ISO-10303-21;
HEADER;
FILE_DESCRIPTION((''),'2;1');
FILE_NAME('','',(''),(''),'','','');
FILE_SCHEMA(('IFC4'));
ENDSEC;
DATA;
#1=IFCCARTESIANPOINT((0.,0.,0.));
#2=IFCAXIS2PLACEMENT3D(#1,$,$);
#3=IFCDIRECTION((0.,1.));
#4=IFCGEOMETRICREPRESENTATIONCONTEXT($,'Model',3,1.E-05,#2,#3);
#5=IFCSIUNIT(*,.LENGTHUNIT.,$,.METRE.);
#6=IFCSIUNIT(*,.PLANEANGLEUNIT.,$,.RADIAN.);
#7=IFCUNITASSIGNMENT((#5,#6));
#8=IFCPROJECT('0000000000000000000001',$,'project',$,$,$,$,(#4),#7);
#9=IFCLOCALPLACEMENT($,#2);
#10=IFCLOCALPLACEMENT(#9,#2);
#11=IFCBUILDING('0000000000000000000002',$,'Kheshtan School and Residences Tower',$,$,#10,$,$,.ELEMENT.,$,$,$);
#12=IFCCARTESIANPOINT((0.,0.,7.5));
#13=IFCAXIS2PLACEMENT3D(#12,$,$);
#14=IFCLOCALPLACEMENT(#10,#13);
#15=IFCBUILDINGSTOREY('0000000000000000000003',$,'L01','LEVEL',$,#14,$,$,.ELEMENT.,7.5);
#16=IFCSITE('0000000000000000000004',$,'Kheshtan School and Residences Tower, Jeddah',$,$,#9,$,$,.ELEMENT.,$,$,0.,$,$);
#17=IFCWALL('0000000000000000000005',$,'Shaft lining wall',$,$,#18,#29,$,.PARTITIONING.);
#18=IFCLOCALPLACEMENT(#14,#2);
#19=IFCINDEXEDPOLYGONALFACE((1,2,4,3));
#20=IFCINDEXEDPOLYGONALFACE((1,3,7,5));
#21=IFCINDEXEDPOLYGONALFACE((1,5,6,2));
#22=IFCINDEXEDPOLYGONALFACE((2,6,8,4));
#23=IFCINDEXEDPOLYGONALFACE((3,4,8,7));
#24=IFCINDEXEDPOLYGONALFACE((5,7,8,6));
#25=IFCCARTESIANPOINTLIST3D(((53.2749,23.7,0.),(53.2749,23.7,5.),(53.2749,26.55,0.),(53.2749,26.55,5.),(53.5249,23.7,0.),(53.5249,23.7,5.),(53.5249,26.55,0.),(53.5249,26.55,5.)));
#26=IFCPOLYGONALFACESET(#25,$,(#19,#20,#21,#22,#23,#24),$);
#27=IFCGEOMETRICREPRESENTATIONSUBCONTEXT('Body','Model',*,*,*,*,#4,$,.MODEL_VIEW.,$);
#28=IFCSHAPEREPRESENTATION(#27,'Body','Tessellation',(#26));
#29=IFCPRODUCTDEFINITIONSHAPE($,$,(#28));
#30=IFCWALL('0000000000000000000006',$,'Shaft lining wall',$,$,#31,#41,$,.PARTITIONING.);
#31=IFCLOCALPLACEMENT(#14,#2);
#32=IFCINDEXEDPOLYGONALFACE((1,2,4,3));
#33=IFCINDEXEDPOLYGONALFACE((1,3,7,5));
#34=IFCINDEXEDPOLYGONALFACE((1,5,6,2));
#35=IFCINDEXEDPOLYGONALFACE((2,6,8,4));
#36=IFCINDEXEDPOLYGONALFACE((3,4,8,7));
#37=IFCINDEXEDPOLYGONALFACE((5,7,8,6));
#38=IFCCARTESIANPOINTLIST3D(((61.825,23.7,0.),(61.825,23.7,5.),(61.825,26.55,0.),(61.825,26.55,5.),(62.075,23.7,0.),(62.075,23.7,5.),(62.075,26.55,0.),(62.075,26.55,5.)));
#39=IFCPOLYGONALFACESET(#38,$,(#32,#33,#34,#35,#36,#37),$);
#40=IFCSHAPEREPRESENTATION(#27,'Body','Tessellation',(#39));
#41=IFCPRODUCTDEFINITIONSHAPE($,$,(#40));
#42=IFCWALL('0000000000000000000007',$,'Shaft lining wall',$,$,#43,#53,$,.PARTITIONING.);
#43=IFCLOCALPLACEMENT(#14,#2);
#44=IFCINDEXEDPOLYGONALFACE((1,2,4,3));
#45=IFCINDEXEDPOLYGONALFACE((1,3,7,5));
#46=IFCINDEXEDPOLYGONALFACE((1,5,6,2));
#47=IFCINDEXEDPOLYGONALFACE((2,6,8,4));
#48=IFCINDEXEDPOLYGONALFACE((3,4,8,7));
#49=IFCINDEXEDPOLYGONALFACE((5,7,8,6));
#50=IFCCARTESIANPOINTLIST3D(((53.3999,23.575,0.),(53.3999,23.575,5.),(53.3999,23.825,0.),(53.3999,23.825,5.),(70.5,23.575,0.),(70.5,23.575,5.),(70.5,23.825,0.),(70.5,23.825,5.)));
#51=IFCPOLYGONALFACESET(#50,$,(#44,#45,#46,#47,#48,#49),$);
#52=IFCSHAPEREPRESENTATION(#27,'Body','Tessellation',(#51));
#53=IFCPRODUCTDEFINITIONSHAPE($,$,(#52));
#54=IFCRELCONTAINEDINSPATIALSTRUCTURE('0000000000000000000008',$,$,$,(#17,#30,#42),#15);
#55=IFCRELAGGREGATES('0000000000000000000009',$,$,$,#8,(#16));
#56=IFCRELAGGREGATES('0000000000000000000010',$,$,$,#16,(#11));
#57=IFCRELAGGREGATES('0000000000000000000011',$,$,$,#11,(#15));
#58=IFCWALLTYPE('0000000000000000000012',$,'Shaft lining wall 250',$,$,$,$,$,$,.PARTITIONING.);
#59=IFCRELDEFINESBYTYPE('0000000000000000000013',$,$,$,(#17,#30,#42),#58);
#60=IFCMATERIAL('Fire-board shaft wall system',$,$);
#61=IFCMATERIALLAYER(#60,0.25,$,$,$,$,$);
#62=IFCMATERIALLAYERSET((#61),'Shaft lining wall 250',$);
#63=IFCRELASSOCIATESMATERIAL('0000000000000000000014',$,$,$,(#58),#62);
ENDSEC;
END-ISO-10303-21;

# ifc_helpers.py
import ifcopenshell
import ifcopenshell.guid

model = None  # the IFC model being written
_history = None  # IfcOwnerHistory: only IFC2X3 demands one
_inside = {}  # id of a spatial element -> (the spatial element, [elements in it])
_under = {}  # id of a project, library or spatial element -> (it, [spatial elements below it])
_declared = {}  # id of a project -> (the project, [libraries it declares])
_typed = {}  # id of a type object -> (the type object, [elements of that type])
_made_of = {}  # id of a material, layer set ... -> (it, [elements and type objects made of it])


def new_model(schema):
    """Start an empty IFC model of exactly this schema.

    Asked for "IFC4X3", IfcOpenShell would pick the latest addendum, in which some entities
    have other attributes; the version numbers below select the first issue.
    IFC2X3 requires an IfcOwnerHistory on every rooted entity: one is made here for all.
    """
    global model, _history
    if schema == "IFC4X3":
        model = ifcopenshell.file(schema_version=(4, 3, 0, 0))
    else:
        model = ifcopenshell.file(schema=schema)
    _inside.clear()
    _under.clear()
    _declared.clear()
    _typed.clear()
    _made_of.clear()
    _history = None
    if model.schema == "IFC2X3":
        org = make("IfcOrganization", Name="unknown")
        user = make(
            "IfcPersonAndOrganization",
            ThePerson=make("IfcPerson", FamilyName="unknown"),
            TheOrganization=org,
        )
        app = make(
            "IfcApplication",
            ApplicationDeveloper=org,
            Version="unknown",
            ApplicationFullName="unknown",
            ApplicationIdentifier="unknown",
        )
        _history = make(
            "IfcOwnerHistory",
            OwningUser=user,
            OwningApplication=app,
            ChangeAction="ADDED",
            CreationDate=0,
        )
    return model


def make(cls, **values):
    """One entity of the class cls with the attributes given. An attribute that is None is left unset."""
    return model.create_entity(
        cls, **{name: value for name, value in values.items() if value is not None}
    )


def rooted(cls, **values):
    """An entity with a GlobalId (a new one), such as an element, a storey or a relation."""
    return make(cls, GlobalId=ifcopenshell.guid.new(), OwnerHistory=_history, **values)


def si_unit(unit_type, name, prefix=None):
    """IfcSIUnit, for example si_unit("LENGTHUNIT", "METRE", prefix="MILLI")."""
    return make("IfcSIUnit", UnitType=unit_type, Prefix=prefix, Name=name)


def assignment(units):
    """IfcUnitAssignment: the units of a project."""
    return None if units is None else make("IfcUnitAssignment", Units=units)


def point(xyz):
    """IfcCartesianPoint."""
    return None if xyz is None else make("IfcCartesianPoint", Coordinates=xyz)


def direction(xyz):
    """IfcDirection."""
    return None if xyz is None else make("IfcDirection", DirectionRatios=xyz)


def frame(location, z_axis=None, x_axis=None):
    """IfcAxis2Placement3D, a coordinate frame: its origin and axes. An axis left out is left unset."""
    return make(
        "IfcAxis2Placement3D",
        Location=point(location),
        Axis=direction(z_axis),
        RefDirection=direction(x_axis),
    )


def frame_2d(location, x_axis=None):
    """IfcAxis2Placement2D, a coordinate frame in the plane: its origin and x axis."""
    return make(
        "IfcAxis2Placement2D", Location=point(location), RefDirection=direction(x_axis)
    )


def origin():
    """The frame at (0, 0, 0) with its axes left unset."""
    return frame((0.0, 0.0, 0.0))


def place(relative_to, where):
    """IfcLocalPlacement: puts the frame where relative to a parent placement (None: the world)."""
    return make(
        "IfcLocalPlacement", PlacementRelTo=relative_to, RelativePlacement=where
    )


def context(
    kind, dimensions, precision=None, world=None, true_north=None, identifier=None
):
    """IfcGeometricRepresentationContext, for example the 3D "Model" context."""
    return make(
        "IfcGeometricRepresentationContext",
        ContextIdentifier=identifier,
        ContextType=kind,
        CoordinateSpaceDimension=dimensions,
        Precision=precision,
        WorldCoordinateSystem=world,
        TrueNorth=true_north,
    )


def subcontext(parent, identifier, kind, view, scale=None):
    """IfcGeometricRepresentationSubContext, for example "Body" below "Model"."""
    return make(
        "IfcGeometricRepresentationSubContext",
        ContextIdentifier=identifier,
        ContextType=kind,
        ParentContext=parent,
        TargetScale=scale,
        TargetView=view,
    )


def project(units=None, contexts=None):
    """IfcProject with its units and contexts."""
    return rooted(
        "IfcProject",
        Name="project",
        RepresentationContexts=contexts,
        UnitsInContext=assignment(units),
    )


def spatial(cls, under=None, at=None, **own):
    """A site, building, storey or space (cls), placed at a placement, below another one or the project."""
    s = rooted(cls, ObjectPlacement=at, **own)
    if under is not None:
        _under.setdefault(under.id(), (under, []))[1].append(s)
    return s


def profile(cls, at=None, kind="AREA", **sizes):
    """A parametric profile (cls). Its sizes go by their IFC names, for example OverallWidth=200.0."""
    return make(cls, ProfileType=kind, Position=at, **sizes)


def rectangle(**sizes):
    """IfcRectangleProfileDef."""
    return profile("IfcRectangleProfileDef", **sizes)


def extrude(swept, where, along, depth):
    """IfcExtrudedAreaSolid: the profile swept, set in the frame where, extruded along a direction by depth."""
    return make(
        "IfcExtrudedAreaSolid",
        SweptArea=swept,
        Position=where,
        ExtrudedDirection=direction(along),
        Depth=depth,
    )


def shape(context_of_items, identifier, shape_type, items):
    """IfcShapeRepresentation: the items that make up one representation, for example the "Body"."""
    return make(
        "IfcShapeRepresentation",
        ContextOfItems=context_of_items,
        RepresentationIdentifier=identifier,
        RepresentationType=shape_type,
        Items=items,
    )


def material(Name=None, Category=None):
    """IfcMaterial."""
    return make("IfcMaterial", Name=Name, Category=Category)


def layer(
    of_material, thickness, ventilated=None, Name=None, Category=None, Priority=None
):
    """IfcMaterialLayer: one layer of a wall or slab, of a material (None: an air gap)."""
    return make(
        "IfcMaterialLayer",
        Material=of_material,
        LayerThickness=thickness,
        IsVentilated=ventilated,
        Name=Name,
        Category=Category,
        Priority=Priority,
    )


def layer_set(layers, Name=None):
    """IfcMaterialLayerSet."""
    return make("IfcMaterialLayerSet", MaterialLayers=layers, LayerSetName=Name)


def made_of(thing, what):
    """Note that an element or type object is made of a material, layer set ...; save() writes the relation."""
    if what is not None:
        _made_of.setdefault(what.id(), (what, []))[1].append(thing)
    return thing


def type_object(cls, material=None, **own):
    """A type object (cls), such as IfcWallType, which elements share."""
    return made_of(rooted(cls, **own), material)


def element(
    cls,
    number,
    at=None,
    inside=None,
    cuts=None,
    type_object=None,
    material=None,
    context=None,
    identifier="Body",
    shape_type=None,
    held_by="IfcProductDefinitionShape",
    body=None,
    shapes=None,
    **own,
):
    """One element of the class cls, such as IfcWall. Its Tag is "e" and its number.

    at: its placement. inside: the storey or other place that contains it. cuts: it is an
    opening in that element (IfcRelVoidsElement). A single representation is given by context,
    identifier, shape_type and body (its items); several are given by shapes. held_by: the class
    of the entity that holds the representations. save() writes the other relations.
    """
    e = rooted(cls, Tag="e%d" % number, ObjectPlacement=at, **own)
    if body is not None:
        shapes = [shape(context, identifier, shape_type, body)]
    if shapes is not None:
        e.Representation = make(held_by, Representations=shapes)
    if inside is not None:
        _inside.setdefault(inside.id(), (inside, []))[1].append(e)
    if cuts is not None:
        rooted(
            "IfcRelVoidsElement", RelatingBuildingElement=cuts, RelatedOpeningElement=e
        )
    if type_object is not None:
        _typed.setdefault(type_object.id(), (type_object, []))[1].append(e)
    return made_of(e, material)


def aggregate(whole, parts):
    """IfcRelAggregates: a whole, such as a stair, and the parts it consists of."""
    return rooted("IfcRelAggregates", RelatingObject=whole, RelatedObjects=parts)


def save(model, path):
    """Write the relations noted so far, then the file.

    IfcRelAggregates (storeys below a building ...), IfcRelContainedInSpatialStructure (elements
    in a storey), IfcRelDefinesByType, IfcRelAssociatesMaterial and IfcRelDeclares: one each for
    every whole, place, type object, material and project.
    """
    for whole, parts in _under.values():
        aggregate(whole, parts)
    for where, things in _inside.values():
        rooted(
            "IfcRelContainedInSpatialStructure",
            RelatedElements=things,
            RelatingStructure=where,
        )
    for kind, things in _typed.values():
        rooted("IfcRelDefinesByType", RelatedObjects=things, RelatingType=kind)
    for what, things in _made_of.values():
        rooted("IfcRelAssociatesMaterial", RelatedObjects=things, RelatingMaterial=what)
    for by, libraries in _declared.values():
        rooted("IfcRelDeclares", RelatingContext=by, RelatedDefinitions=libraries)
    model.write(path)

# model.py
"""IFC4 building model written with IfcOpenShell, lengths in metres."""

from ifc_helpers import new_model, si_unit, direction, frame, frame_2d, origin, place, context, subcontext, project, spatial, rectangle, extrude, material, layer, layer_set, type_object, element, save


model = new_model("IFC4")

# Units and contexts
model_context = context("Model", 3, precision=1e-05, world=origin(), true_north=direction((0.0, 1.0)))
body_context = subcontext(model_context, "Body", "Model", "MODEL_VIEW")
ifc_project = project(units=[si_unit("LENGTHUNIT", "METRE"), si_unit("PLANEANGLEUNIT", "RADIAN")], contexts=[model_context])

# Site, building, storey
site_placement = place(None, origin())
site = spatial("IfcSite", under=ifc_project, at=site_placement, Name="Kheshtan School and Residences Tower, Jeddah", CompositionType="ELEMENT", RefElevation=0.0)
building_placement = place(site_placement, origin())
building = spatial("IfcBuilding", under=site, at=building_placement, Name="Kheshtan School and Residences Tower", CompositionType="ELEMENT")
storey_placement = place(building_placement, frame((0.0, 0.0, 7.5)))
storey = spatial("IfcBuildingStorey", under=building, at=storey_placement, Name="L01", Description="LEVEL", CompositionType="ELEMENT", Elevation=7.5)

# Walls
ifc_material_1 = material(Name="Fire-board shaft wall system")
ifc_layer_1 = layer(ifc_material_1, 0.25)
ifc_layer_set_1 = layer_set([ifc_layer_1], Name="Shaft lining wall 250")
wall_type_1 = type_object("IfcWallType", Name="Shaft lining wall 250", PredefinedType="PARTITIONING", material=ifc_layer_set_1)
for number, where, z_axis, x_axis, name in (
    (1, (53.3999, 23.7, 0.0), (0.0, 0.0, 1.0), (0.0, 1.0, 0.0), "Shaft lining wall"),
    (2, (61.95, 23.7, 0.0), (0.0, 0.0, 1.0), (0.0, 1.0, 0.0), "Shaft lining wall"),
):
    element("IfcWall", number, at=place(storey_placement, frame(where, z_axis=z_axis, x_axis=x_axis)), inside=storey, type_object=wall_type_1, Name=name, PredefinedType="PARTITIONING", context=body_context, shape_type="SweptSolid", body=[
        extrude(rectangle(XDim=2.8501, YDim=0.25, at=frame_2d((1.425, 0.0))), origin(), (0.0, 0.0, 1.0), 5.0),
    ])
wall_1_placement = place(storey_placement, frame((53.3999, 23.7, 0.0), z_axis=(0.0, 0.0, 1.0), x_axis=(1.0, 0.0, 0.0)))
element("IfcWall", 3, at=wall_1_placement, inside=storey, type_object=wall_type_1, Name="Shaft lining wall", PredefinedType="PARTITIONING", context=body_context, shape_type="SweptSolid", body=[
    extrude(rectangle(XDim=17.1001, YDim=0.25, at=frame_2d((8.55, 0.0))), origin(), (0.0, 0.0, 1.0), 5.0),
])

save(model, "model.ifc")
